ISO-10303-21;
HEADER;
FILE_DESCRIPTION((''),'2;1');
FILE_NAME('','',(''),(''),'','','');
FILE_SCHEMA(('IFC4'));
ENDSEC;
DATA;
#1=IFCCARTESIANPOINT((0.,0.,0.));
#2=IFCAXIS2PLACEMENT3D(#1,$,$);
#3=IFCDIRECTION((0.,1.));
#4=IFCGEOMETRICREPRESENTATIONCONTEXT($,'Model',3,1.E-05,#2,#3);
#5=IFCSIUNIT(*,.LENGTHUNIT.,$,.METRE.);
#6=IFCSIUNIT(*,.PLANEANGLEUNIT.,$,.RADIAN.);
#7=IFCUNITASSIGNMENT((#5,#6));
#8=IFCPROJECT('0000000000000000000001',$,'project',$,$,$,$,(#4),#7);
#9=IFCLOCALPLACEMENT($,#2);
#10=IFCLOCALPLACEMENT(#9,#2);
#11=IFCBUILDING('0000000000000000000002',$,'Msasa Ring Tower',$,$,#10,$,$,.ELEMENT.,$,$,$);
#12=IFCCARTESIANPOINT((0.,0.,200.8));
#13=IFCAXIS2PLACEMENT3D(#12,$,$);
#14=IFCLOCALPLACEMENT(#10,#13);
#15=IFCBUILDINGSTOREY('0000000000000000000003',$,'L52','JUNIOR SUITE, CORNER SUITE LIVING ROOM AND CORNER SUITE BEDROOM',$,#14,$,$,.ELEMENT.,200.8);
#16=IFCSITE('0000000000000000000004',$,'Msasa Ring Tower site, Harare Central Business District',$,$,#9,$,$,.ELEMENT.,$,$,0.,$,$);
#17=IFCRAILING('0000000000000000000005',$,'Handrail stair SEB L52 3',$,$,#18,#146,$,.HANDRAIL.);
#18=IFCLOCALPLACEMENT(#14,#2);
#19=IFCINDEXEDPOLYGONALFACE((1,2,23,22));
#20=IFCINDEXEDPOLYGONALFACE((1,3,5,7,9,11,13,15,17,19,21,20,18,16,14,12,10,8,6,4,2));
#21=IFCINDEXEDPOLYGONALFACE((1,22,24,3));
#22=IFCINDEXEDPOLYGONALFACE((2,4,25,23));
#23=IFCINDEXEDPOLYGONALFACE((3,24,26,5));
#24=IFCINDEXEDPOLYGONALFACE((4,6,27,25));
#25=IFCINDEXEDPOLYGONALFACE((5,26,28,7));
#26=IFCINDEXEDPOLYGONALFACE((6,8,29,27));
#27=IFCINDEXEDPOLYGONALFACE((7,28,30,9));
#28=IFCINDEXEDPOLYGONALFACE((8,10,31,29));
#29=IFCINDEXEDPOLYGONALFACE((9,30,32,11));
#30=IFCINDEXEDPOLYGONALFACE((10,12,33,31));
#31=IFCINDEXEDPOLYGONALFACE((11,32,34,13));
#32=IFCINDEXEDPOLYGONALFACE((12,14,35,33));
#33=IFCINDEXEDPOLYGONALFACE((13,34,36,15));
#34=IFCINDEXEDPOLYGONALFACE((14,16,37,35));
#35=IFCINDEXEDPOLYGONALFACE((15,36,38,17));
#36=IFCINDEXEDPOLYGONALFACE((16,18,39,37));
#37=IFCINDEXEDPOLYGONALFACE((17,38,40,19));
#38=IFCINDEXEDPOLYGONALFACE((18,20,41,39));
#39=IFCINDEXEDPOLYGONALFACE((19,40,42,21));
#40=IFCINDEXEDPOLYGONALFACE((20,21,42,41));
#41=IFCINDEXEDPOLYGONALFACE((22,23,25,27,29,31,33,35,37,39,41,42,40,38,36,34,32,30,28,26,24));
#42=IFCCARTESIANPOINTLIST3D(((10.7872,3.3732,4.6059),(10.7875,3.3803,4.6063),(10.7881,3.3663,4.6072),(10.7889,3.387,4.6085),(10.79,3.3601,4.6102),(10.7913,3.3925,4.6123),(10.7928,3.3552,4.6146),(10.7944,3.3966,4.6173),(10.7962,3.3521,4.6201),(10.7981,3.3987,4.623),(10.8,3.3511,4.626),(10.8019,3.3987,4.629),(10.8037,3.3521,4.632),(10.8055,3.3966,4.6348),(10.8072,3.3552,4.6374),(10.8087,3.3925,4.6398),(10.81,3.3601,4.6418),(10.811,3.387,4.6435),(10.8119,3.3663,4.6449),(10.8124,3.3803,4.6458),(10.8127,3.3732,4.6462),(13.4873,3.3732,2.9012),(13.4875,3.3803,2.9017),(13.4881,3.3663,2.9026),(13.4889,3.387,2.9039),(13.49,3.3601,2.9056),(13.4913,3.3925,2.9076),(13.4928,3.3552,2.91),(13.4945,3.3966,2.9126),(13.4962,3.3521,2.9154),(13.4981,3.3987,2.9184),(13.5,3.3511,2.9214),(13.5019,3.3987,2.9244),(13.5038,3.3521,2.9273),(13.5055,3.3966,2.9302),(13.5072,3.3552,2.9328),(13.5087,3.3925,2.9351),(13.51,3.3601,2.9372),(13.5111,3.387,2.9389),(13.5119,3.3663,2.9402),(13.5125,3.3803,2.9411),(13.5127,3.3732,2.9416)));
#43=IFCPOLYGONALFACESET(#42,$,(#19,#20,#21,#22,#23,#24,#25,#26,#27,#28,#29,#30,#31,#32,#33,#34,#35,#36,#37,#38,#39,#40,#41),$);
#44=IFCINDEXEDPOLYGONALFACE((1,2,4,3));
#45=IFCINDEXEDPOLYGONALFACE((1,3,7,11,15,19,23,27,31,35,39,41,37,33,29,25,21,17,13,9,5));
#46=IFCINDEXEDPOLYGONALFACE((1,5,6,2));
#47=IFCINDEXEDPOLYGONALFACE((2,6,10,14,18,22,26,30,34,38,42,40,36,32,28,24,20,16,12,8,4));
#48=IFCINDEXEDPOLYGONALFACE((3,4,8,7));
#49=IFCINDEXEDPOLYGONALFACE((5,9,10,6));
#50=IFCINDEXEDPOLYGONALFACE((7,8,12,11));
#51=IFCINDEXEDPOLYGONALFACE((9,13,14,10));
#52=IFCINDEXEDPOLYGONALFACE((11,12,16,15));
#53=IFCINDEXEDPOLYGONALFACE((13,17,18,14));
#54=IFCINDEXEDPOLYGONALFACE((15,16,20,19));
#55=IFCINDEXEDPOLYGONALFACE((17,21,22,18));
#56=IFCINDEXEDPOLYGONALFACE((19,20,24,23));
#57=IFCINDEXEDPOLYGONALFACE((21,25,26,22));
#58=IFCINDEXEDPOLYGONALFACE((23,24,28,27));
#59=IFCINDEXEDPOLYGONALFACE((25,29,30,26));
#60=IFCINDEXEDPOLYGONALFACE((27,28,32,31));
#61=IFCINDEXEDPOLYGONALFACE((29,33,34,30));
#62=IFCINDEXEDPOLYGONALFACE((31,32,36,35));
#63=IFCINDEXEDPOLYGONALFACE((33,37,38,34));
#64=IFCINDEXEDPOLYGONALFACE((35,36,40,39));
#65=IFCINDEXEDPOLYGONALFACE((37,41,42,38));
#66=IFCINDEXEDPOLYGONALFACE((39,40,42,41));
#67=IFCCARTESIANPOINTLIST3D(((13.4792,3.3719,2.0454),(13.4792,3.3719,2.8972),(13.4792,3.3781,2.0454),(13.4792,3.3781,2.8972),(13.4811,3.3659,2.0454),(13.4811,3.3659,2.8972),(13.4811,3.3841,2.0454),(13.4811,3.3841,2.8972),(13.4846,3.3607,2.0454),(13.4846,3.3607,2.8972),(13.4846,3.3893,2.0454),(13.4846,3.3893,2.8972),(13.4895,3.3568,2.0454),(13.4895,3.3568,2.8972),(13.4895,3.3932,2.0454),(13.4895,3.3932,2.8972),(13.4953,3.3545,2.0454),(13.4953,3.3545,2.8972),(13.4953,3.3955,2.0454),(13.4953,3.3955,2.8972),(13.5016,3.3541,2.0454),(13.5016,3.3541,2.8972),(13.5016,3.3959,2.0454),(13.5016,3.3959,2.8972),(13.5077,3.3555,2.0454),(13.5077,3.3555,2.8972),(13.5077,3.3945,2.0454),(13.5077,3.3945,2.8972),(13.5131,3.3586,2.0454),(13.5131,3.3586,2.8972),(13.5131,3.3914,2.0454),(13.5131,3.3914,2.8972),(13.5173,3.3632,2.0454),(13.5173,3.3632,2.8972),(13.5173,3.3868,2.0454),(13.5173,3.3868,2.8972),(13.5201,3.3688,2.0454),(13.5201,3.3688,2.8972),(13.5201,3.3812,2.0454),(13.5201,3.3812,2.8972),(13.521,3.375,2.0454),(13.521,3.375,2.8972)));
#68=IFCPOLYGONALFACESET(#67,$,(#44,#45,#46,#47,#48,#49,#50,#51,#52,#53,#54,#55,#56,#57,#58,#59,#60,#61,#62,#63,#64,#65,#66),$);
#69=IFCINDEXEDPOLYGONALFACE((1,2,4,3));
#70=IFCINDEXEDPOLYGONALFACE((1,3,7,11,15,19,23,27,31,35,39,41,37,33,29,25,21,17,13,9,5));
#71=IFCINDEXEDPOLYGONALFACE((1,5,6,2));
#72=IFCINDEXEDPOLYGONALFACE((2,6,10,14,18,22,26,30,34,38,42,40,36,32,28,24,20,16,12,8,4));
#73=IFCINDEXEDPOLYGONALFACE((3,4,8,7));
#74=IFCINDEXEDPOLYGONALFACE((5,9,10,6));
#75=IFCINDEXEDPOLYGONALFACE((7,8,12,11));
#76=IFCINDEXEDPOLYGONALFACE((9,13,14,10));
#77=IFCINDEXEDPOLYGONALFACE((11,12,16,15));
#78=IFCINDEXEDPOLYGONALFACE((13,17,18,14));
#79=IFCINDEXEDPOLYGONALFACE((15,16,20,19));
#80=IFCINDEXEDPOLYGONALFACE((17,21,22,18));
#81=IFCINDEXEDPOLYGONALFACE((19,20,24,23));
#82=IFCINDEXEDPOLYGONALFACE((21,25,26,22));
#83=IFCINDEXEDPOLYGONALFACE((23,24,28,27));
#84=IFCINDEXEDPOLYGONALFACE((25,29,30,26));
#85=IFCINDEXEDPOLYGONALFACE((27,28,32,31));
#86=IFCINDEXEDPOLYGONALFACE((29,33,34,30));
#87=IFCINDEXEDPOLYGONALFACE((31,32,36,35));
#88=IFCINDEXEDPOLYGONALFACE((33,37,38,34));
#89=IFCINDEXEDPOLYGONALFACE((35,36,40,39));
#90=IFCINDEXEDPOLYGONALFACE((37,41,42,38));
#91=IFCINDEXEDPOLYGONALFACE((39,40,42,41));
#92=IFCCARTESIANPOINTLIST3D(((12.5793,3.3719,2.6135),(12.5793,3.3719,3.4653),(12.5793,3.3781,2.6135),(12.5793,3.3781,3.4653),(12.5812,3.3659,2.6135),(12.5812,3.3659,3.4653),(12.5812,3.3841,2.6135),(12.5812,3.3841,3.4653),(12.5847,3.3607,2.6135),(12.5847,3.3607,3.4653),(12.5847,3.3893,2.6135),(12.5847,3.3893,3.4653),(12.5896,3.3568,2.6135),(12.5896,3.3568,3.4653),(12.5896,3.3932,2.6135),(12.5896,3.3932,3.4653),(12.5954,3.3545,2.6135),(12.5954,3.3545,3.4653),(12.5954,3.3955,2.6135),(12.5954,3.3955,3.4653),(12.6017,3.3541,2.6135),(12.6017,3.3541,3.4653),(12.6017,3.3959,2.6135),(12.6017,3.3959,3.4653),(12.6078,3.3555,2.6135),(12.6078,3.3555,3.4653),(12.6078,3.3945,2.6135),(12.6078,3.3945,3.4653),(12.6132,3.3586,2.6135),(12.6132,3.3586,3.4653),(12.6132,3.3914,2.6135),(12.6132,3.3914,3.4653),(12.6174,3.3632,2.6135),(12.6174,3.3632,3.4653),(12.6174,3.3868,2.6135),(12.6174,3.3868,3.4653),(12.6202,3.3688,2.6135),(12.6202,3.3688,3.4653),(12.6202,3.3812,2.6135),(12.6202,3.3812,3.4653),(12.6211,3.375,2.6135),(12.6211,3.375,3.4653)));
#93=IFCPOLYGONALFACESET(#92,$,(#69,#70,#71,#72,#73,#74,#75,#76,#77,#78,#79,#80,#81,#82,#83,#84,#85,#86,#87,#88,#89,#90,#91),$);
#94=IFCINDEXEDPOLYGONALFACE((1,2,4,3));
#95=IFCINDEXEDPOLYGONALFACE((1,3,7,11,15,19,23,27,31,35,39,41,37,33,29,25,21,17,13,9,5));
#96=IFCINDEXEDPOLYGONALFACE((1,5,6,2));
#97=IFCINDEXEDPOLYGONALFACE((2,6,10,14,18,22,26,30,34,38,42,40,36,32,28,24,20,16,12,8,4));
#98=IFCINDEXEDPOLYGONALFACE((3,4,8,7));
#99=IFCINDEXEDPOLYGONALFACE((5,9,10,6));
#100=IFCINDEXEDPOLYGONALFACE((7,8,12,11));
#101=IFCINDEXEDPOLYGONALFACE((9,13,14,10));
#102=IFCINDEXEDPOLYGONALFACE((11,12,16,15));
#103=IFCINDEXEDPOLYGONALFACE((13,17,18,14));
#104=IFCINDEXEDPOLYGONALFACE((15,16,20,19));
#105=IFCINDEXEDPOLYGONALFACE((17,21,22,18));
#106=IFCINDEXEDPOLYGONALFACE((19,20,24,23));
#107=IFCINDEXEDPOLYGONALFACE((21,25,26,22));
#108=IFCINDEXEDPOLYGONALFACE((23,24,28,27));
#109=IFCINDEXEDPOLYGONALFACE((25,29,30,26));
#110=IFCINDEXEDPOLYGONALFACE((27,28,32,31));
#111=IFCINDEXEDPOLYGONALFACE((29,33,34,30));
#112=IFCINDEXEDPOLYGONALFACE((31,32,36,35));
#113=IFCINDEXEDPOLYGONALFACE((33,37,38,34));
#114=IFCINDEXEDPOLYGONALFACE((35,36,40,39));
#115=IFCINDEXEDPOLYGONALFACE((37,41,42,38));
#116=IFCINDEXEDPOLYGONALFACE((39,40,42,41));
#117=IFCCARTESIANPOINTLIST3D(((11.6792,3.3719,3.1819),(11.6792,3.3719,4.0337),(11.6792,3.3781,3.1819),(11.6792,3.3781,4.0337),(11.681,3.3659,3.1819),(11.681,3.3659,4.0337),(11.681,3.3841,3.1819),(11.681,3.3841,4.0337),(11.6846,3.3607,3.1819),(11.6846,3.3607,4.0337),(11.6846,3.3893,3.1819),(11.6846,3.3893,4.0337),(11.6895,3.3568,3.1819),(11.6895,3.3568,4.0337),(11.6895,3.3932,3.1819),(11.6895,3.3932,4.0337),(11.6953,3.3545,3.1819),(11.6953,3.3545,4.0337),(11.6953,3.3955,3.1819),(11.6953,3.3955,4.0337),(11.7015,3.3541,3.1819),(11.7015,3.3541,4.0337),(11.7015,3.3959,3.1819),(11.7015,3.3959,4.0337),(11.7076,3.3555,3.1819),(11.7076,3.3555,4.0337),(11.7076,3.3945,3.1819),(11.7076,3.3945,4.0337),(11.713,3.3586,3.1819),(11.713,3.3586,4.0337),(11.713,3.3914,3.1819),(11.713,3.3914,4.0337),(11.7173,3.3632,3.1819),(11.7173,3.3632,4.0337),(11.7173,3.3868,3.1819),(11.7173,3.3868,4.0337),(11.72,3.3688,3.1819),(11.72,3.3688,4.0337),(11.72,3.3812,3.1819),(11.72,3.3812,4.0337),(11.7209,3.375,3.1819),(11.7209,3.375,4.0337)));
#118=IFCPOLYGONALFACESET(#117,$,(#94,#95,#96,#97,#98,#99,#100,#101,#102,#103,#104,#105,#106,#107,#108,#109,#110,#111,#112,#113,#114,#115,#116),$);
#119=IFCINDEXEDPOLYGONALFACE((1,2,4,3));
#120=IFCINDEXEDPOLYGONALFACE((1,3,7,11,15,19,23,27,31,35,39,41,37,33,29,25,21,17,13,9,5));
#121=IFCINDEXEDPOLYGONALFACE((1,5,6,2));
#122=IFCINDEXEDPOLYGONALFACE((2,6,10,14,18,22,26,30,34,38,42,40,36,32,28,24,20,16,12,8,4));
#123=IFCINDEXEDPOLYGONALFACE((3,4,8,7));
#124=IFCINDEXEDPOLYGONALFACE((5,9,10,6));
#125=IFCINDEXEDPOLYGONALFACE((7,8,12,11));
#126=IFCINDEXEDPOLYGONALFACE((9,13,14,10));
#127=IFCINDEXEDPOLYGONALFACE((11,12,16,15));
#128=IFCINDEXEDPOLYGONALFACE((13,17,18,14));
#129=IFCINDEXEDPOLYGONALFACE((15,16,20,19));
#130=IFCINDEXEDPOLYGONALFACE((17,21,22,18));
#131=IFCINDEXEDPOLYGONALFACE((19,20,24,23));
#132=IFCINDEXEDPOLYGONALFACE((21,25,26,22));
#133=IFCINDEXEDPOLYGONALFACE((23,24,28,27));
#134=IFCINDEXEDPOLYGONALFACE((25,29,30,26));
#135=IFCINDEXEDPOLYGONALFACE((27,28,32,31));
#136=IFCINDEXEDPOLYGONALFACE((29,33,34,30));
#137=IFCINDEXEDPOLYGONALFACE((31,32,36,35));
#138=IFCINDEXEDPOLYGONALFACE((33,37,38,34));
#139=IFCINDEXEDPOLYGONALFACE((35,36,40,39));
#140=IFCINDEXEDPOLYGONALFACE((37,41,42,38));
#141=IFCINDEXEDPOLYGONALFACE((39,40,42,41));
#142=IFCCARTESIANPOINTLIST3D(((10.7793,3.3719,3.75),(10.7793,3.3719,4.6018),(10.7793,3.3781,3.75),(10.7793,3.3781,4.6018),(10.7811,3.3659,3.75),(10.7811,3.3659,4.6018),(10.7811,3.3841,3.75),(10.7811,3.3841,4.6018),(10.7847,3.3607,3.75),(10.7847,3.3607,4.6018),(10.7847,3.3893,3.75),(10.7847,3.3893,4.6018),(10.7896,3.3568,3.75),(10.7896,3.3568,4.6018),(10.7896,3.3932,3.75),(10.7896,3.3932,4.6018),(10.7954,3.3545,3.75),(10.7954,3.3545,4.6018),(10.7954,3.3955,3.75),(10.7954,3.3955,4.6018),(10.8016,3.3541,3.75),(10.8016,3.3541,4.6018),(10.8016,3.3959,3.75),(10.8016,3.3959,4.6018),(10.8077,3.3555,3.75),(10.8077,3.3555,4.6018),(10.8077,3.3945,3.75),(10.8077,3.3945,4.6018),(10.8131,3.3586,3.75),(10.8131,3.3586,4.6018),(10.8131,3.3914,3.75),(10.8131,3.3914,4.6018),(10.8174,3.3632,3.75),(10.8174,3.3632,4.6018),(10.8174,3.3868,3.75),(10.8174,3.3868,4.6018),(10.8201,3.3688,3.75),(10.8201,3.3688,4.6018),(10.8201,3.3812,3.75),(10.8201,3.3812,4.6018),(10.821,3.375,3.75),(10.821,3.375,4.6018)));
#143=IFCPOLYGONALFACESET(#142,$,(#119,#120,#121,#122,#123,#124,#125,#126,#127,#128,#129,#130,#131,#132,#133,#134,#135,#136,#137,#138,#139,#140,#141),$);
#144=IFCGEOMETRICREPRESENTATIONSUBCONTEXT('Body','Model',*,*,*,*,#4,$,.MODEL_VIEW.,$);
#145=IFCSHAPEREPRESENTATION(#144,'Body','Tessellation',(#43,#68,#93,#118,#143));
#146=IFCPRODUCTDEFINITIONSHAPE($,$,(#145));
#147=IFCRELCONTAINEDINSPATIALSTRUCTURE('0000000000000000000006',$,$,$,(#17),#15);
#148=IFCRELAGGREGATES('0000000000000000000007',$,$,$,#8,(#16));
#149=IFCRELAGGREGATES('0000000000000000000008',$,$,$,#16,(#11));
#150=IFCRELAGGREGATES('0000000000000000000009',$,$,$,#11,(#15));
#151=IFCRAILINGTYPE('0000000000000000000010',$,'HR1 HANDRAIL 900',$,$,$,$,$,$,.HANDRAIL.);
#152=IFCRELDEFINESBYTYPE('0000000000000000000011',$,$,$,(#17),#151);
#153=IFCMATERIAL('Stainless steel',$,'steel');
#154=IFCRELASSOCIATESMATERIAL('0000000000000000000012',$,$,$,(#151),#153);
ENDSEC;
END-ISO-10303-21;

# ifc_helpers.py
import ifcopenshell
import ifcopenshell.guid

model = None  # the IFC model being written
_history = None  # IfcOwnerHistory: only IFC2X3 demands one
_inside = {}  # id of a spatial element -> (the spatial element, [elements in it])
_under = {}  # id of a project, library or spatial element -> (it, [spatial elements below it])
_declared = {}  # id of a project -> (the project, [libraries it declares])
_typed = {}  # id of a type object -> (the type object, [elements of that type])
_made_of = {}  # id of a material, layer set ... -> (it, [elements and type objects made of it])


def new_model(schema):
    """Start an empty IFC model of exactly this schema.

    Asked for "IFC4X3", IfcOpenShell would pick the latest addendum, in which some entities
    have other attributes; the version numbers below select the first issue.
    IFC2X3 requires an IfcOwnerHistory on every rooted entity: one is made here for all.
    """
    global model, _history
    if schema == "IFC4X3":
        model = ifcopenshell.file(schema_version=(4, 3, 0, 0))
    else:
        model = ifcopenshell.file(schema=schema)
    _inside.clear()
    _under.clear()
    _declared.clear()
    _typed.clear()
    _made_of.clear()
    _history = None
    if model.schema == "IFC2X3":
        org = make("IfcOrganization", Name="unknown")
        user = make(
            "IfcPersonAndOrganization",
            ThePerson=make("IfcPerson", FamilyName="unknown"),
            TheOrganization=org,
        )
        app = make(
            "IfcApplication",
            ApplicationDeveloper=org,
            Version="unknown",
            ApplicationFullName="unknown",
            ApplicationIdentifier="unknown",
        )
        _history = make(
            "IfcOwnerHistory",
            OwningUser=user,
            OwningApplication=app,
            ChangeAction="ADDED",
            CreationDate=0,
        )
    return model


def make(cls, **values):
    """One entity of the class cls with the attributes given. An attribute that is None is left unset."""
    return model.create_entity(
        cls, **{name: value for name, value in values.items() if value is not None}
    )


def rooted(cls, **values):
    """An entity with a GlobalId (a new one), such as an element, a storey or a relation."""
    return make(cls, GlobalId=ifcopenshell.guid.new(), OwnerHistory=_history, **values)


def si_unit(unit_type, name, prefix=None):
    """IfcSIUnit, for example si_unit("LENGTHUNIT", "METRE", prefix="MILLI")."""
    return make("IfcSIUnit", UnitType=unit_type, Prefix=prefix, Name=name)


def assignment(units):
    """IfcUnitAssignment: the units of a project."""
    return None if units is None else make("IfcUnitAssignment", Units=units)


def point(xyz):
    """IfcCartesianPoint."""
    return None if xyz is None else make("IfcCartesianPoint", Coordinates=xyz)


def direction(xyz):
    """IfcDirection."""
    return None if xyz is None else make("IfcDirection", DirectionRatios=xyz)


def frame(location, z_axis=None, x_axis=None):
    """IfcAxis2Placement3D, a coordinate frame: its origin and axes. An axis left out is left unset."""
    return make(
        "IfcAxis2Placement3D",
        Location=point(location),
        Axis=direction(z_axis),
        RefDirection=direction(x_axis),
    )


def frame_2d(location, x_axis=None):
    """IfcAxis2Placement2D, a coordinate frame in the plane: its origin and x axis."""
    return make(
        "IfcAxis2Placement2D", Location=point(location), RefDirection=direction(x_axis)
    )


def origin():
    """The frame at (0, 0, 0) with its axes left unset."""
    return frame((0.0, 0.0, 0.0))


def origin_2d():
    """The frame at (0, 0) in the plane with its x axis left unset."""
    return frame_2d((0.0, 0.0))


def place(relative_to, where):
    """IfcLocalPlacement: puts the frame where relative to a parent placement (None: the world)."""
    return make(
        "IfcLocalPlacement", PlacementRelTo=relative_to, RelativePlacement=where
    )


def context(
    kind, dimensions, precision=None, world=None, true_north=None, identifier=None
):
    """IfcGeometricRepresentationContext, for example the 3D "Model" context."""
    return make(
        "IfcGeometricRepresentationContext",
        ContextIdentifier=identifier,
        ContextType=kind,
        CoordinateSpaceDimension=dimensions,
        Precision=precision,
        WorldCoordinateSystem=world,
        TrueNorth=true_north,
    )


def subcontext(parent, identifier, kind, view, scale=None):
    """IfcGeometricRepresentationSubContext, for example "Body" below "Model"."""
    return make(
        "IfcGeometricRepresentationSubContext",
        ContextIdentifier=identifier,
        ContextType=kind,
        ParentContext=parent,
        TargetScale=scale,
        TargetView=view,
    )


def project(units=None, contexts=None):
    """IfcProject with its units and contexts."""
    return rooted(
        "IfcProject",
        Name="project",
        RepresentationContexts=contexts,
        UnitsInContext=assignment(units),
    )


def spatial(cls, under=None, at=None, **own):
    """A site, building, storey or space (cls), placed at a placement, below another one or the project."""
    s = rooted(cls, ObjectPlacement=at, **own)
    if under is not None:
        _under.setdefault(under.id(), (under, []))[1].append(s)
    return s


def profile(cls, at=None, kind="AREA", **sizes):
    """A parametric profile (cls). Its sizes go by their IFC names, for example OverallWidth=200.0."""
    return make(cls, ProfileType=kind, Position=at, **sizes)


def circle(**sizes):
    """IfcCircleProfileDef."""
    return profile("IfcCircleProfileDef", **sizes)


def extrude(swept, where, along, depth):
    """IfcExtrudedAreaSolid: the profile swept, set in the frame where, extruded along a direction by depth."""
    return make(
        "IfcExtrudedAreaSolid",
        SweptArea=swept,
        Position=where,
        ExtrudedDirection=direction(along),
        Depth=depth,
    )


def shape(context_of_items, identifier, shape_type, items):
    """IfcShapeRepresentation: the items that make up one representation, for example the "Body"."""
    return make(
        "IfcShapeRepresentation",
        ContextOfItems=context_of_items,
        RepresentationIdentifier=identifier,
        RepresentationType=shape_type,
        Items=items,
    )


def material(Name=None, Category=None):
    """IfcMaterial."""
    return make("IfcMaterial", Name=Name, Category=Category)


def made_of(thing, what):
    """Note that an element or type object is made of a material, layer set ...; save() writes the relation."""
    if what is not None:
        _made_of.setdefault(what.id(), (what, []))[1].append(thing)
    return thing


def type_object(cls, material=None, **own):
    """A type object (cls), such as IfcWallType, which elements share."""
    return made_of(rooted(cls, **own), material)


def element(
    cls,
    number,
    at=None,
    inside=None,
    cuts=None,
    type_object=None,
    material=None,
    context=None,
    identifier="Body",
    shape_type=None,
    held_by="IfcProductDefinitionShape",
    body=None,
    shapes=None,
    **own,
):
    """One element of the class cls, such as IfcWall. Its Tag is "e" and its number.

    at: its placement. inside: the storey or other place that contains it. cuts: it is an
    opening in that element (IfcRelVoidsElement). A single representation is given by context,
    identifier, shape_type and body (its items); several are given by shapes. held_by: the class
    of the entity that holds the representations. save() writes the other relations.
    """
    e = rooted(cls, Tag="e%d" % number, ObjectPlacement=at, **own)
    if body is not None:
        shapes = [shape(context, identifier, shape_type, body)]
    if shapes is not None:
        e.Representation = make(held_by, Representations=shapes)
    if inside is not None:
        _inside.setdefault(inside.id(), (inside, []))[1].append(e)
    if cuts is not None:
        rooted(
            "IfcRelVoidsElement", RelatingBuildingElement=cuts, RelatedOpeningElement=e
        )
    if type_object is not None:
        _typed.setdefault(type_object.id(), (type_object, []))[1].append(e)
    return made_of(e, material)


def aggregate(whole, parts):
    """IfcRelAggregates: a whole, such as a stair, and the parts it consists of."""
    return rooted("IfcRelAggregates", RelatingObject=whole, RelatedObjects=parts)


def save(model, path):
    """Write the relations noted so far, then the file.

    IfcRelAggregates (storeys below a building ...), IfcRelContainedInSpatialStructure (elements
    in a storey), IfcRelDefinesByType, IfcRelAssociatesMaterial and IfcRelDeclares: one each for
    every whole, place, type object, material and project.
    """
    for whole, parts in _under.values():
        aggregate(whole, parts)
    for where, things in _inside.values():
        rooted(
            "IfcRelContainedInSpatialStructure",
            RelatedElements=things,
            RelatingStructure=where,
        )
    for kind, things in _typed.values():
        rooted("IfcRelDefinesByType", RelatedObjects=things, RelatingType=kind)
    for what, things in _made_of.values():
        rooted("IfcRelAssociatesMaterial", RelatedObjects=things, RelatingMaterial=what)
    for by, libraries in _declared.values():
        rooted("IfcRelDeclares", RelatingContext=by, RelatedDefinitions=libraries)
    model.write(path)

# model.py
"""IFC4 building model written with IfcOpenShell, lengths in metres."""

from ifc_helpers import new_model, si_unit, direction, frame, origin, origin_2d, place, context, subcontext, project, spatial, circle, extrude, material, type_object, element, save


model = new_model("IFC4")

# Units and contexts
model_context = context("Model", 3, precision=1e-05, world=origin(), true_north=direction((0.0, 1.0)))
body_context = subcontext(model_context, "Body", "Model", "MODEL_VIEW")
ifc_project = project(units=[si_unit("LENGTHUNIT", "METRE"), si_unit("PLANEANGLEUNIT", "RADIAN")], contexts=[model_context])

# Site, building, storey
site_placement = place(None, origin())
site = spatial("IfcSite", under=ifc_project, at=site_placement, Name="Msasa Ring Tower site, Harare Central Business District", CompositionType="ELEMENT", RefElevation=0.0)
building_placement = place(site_placement, origin())
building = spatial("IfcBuilding", under=site, at=building_placement, Name="Msasa Ring Tower", CompositionType="ELEMENT")
storey_placement = place(building_placement, frame((0.0, 0.0, 200.8)))
storey = spatial("IfcBuildingStorey", under=building, at=storey_placement, Name="L52", Description="JUNIOR SUITE, CORNER SUITE LIVING ROOM AND CORNER SUITE BEDROOM", CompositionType="ELEMENT", Elevation=200.8)

# Railing
ifc_material_1 = material(Name="Stainless steel", Category="steel")
railing_type = type_object("IfcRailingType", Name="HR1 HANDRAIL 900", PredefinedType="HANDRAIL", material=ifc_material_1)
for number, where, name in (
    (1, (13.5, 3.375, 2.0454), "Handrail stair SEB L52 3"),
):
    element("IfcRailing", number, at=place(storey_placement, frame(where)), inside=storey, type_object=railing_type, Name=name, PredefinedType="HANDRAIL", context=body_context, shape_type="SweptSolid", body=[
        extrude(circle(Radius=0.0239, at=origin_2d()), frame((0.0, 0.0, 0.876), z_axis=(-0.84558, 0.0, 0.533849), x_axis=(0.0, -1.0, 0.0)), (0.0, 0.0, 1.0), 3.1931),
        extrude(circle(Radius=0.021, at=origin_2d()), origin(), (0.0, 0.0, 1.0), 0.8518),
        extrude(circle(Radius=0.021, at=origin_2d()), frame((-0.8999, 0.0, 0.5681)), (0.0, 0.0, 1.0), 0.8518),
        extrude(circle(Radius=0.021, at=origin_2d()), frame((-1.8, 0.0, 1.1365)), (0.0, 0.0, 1.0), 0.8518),
        extrude(circle(Radius=0.021, at=origin_2d()), frame((-2.7, 0.0, 1.7046)), (0.0, 0.0, 1.0), 0.8518),
    ])

save(model, "model.ifc")
